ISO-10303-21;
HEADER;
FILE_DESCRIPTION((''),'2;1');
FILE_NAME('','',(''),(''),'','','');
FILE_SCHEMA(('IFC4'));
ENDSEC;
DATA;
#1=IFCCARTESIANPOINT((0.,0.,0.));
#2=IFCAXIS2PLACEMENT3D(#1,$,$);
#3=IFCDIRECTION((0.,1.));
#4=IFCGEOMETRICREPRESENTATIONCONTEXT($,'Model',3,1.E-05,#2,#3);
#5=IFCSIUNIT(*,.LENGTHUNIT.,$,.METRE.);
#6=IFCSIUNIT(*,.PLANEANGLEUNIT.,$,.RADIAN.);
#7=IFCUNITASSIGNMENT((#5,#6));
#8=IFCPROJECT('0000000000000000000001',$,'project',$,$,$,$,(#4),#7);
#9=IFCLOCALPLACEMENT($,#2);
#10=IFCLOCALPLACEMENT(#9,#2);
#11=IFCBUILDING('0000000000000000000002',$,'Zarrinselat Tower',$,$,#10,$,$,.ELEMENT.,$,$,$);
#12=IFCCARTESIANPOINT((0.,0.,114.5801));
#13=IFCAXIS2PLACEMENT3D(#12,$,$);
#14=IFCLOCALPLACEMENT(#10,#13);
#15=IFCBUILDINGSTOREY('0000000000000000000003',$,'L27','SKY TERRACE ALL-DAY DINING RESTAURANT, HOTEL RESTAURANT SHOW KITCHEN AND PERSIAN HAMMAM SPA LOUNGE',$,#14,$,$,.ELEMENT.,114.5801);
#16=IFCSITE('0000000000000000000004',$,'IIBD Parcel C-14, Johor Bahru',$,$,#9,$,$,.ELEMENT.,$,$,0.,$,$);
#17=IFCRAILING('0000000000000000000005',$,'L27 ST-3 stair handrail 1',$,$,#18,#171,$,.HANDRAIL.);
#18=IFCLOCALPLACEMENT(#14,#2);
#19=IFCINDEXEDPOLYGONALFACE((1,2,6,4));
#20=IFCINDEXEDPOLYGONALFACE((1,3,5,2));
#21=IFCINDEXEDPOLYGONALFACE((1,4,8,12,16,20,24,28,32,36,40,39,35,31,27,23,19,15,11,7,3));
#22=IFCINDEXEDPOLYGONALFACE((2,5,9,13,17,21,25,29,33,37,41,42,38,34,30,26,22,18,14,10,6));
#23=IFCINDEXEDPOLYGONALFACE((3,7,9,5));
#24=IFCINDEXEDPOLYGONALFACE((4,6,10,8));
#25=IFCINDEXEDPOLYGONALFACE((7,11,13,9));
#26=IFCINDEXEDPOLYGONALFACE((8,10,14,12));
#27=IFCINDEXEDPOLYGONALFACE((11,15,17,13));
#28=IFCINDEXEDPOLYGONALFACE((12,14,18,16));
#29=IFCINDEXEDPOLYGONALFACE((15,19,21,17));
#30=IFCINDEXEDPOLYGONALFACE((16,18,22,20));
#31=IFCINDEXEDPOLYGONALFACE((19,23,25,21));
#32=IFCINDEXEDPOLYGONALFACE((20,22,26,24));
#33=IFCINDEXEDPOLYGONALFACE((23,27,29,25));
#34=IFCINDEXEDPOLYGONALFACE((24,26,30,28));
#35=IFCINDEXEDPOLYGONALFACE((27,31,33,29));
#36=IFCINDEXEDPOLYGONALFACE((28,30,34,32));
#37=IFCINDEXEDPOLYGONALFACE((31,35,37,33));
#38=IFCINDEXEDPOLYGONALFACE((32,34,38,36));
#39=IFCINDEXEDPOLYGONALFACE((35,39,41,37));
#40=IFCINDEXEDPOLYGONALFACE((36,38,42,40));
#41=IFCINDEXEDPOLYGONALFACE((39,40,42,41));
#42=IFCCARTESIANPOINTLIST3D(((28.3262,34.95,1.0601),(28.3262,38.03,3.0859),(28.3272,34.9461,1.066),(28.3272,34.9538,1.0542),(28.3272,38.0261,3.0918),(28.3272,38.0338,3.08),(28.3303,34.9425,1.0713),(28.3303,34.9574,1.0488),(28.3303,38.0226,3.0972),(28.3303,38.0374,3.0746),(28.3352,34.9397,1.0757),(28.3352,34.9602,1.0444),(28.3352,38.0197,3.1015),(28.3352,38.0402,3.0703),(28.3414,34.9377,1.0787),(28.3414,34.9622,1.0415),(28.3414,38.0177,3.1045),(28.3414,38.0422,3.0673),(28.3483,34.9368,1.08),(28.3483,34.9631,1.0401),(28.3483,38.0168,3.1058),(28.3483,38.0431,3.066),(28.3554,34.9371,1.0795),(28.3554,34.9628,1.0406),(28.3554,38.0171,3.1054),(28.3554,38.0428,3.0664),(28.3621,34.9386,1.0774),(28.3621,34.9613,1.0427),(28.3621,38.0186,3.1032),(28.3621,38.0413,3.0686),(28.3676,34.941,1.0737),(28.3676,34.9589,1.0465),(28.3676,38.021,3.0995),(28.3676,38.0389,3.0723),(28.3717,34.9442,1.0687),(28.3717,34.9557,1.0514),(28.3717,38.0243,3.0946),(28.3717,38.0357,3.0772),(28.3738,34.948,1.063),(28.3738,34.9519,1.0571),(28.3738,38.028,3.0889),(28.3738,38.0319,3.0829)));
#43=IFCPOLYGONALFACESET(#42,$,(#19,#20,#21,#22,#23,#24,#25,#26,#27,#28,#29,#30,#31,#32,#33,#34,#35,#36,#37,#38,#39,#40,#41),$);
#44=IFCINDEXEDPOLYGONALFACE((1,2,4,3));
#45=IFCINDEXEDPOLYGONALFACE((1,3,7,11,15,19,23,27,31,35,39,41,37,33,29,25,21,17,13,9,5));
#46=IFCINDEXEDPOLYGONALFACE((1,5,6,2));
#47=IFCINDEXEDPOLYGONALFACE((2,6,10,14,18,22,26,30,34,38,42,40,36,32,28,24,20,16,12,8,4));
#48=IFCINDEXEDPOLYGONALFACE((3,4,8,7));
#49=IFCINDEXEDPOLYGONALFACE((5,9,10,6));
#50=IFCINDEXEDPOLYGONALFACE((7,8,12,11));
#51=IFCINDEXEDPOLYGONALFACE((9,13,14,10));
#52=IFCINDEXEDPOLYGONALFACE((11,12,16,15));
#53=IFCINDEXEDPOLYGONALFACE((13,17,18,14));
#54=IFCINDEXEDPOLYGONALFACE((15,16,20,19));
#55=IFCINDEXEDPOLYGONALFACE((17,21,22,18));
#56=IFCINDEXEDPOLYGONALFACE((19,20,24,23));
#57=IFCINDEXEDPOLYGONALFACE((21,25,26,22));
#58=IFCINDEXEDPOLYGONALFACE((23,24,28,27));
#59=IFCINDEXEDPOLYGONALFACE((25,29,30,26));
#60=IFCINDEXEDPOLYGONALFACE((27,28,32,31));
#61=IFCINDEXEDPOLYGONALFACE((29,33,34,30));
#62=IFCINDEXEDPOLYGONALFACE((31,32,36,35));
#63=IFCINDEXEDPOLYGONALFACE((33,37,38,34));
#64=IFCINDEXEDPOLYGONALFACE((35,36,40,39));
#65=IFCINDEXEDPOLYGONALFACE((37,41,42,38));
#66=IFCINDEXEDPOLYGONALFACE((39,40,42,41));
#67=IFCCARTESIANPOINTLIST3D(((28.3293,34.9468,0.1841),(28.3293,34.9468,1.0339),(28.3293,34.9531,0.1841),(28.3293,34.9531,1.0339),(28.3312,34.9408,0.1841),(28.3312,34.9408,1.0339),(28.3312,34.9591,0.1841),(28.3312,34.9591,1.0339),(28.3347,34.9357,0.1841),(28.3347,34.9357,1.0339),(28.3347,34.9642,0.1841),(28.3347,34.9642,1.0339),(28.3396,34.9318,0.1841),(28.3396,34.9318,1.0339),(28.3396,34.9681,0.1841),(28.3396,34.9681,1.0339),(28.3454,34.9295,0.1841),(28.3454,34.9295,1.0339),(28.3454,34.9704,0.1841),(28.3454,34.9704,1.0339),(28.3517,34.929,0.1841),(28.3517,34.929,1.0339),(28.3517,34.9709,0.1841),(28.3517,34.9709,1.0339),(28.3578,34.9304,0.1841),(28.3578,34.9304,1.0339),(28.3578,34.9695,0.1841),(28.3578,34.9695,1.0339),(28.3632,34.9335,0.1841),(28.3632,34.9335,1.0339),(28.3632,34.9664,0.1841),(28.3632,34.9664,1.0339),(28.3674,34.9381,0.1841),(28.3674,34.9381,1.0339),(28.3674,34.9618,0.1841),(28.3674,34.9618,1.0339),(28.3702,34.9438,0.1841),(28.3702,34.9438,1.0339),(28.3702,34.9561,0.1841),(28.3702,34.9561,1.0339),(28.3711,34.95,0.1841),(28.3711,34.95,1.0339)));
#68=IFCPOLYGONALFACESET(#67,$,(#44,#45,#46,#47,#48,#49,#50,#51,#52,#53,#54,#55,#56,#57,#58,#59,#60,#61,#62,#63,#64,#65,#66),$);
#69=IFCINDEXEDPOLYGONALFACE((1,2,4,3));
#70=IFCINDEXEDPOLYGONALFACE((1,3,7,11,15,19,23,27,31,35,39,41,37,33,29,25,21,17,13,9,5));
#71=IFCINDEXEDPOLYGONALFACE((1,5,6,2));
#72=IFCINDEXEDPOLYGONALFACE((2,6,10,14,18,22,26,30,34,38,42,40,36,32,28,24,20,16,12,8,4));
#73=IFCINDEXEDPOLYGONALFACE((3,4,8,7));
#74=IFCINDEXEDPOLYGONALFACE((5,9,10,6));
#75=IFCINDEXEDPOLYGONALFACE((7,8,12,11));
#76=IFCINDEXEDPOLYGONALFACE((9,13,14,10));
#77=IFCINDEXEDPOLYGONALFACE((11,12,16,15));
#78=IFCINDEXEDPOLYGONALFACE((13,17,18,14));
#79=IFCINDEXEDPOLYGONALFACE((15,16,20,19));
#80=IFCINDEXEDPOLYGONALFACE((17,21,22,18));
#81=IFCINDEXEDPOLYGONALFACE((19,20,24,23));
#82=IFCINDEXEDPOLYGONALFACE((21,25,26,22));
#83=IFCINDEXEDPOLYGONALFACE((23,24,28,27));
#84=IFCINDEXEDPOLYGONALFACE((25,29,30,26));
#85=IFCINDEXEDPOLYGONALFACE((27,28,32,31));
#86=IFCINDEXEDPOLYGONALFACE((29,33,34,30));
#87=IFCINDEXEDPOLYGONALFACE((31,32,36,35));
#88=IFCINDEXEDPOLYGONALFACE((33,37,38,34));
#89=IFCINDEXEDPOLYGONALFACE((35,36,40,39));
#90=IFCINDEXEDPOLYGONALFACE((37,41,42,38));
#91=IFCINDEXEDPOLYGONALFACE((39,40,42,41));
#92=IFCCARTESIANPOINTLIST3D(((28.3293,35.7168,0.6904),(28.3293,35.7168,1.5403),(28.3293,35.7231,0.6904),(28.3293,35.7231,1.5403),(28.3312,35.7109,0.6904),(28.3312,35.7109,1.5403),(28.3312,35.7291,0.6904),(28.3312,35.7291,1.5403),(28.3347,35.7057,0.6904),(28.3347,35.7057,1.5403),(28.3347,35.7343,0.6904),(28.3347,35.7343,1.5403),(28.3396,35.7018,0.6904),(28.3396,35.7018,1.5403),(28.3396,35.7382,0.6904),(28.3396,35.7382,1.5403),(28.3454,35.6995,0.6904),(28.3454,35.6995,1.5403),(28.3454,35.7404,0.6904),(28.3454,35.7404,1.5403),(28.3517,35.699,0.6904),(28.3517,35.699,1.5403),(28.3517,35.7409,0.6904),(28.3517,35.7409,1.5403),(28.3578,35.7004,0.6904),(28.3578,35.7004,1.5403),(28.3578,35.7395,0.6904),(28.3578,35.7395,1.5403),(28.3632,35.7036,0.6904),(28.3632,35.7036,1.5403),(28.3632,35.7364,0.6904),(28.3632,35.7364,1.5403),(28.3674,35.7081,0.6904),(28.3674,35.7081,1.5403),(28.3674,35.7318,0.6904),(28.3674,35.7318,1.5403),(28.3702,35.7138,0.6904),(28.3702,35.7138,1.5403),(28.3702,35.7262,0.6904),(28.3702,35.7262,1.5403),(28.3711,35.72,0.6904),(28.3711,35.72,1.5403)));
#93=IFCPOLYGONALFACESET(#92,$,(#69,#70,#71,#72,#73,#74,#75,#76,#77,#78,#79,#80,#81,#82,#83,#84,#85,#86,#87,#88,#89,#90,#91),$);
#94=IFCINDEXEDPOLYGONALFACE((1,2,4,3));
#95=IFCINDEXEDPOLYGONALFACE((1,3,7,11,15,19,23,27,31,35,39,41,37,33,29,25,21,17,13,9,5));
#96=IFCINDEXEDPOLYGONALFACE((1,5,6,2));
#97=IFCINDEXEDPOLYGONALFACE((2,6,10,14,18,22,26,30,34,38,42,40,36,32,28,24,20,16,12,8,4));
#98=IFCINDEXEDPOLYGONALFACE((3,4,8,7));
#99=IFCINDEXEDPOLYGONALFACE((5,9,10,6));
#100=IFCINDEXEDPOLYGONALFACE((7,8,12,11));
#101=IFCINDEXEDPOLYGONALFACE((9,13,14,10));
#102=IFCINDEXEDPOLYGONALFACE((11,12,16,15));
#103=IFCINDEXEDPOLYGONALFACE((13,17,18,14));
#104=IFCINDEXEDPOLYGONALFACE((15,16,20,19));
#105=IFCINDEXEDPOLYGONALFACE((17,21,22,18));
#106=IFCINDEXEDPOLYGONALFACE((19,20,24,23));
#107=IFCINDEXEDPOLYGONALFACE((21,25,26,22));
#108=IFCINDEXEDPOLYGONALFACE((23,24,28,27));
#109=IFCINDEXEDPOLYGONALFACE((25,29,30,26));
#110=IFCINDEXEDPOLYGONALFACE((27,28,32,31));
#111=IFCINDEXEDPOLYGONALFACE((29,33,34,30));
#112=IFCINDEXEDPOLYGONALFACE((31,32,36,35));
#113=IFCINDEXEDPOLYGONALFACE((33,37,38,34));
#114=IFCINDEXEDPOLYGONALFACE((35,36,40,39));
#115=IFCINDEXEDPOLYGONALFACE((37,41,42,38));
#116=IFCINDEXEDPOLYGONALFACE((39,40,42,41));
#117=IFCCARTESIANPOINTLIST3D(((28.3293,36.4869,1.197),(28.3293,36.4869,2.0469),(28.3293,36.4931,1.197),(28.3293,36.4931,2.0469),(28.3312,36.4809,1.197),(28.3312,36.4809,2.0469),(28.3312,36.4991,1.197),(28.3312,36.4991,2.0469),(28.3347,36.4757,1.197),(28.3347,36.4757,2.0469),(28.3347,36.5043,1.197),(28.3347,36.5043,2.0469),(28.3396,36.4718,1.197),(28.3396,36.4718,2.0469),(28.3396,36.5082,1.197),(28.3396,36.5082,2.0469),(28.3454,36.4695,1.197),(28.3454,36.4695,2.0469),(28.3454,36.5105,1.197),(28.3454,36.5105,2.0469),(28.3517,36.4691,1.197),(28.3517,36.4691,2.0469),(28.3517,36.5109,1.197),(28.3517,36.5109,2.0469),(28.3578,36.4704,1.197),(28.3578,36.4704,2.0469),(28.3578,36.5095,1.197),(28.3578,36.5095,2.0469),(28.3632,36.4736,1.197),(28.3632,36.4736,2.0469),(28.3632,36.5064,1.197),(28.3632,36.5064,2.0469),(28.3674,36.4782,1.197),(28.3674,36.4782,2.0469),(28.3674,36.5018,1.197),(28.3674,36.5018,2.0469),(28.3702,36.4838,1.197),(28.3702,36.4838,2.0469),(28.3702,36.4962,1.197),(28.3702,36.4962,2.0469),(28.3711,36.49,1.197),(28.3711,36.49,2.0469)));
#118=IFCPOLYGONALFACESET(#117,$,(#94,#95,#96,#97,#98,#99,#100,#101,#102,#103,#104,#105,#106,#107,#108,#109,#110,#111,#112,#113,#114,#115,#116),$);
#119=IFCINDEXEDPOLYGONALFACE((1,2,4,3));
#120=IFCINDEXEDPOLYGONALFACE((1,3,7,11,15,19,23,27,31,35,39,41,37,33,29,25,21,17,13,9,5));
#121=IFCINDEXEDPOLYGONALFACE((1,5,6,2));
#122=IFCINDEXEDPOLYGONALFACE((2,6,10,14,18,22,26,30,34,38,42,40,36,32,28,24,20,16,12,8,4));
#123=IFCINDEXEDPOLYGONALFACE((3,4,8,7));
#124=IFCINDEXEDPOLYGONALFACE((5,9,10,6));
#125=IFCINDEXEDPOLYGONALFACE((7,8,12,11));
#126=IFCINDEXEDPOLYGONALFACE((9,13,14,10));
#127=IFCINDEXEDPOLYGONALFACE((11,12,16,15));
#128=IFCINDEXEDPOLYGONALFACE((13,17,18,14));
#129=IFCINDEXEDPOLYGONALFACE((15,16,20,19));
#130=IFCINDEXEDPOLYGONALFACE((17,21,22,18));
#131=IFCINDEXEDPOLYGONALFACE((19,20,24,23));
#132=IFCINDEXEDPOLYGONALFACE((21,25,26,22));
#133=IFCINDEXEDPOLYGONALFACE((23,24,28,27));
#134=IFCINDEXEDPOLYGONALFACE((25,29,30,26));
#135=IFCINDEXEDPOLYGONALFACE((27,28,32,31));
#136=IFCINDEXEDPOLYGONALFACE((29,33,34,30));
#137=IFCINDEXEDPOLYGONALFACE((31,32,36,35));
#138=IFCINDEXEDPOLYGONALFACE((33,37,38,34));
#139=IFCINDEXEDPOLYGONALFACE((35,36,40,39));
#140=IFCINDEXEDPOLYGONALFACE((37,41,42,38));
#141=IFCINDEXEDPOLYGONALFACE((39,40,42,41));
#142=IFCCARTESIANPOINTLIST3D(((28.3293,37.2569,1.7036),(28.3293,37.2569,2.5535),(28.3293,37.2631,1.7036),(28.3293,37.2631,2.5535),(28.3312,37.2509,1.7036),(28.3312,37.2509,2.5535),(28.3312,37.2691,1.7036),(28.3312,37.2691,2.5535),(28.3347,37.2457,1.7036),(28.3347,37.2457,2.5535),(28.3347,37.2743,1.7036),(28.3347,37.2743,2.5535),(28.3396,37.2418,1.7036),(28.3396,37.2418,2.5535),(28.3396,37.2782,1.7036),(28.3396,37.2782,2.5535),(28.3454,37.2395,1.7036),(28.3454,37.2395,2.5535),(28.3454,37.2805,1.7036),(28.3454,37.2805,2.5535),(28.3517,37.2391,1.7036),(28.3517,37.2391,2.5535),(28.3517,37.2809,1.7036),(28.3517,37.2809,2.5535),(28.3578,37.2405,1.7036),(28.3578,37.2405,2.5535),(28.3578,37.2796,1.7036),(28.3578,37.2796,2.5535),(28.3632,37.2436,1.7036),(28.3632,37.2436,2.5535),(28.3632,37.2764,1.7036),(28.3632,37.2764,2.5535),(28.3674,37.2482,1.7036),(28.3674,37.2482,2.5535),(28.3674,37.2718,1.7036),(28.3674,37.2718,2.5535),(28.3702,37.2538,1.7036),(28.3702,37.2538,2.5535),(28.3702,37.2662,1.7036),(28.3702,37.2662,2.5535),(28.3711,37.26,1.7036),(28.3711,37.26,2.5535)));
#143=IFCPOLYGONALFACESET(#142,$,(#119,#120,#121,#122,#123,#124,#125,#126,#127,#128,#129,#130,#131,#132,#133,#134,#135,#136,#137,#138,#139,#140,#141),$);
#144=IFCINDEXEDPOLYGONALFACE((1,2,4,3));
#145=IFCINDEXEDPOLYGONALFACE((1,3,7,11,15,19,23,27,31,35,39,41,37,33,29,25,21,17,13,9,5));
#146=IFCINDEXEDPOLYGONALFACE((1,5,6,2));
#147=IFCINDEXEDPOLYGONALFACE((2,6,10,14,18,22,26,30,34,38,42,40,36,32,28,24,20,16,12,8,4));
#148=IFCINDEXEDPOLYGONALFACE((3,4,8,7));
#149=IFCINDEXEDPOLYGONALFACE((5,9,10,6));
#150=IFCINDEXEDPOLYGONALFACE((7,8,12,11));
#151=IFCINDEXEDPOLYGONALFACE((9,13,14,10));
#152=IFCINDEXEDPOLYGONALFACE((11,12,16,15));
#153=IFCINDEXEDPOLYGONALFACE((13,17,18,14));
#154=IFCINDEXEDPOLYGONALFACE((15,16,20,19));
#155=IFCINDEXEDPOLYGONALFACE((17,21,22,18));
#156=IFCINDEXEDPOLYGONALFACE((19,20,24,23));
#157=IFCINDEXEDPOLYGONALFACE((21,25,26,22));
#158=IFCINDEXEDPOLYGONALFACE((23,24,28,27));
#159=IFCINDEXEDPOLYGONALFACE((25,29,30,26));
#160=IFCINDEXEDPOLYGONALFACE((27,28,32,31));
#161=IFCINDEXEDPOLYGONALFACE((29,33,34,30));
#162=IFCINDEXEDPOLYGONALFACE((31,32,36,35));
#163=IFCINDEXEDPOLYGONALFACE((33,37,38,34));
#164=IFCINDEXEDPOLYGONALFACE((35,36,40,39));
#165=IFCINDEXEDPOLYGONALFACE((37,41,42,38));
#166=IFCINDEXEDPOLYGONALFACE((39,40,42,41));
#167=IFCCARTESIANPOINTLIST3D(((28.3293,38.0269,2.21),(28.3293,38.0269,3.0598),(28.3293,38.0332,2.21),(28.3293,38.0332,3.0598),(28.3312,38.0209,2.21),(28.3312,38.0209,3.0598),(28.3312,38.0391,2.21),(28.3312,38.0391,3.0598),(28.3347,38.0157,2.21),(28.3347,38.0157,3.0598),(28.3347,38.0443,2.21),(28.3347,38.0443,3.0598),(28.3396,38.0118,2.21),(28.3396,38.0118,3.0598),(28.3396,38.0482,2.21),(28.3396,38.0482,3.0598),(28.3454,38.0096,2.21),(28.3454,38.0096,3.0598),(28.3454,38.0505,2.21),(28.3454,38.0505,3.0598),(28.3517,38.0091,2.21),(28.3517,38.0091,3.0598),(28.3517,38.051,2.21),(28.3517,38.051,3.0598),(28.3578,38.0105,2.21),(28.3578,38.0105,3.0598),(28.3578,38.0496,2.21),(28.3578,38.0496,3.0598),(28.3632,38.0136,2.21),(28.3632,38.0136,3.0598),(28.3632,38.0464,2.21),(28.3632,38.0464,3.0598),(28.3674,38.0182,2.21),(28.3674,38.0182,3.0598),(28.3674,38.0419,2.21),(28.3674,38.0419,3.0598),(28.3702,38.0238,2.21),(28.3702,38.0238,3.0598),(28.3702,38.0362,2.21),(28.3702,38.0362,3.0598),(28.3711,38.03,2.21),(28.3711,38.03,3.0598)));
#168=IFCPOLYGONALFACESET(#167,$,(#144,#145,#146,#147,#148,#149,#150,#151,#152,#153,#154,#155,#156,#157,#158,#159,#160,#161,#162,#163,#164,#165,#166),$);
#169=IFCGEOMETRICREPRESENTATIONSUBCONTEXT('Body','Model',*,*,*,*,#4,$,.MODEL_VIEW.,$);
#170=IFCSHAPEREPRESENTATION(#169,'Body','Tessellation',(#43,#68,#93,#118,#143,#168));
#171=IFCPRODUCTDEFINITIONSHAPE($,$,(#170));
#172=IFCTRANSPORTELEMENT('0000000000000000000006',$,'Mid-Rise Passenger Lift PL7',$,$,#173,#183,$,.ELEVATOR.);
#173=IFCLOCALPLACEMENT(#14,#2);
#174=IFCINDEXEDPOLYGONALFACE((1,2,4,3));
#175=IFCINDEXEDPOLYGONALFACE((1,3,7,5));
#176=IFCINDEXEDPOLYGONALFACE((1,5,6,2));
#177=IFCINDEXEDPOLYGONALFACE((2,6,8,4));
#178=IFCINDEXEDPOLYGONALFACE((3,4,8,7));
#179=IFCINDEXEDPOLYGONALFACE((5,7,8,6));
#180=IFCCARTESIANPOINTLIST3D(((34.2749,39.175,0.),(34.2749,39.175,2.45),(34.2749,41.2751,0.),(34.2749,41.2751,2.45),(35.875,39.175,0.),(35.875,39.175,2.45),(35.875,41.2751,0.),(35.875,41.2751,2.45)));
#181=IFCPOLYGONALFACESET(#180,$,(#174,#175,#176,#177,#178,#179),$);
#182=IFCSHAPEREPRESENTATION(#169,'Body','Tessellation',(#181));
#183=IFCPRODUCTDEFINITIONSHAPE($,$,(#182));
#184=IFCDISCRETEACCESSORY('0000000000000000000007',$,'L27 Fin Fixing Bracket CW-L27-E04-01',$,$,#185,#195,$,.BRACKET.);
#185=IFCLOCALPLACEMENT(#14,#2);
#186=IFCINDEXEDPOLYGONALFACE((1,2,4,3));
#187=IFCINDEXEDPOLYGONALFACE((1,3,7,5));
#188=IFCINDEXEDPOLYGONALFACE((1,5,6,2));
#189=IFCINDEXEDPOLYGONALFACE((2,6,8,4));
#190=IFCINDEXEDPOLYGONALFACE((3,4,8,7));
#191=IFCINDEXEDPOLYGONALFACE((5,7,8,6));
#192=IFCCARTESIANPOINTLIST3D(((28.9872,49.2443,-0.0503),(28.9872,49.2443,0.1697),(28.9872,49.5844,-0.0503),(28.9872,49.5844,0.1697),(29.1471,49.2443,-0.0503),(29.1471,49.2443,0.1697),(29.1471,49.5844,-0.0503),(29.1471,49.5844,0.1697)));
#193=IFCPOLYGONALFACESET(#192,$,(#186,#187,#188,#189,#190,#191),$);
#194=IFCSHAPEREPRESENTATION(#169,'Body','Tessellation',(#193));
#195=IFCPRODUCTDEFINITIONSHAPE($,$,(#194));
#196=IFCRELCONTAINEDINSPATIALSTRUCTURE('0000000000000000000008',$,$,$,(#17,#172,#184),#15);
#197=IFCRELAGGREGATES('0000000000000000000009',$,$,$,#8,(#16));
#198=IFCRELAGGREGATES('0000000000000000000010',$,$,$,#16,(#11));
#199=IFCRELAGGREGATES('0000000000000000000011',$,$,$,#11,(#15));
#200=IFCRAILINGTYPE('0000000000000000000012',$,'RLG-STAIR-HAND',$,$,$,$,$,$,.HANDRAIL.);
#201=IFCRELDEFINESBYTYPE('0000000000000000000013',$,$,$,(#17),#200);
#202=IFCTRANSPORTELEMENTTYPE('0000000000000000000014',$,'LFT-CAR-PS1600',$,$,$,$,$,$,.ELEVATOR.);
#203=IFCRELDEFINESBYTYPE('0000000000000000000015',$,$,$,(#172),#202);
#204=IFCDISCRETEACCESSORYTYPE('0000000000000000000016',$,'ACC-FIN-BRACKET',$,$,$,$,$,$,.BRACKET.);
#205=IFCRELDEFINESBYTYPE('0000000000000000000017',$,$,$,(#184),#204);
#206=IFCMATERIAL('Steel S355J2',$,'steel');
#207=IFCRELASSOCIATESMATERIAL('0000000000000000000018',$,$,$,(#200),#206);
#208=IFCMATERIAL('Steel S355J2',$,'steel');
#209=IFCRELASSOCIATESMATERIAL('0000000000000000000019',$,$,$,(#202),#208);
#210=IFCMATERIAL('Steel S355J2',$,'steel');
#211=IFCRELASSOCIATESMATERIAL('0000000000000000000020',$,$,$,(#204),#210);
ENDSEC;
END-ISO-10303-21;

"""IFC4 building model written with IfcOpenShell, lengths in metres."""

from ifc_helpers import new_model, si_unit, direction, frame, origin, origin_2d, place, context, subcontext, project, spatial, rectangle, circle, extrude, material, type_object, element, save


model = new_model("IFC4")

# Units and contexts
model_context = context("Model", 3, precision=1e-05, world=origin(), true_north=direction((0.0, 1.0)))
body_context = subcontext(model_context, "Body", "Model", "MODEL_VIEW")
ifc_project = project(units=[si_unit("LENGTHUNIT", "METRE"), si_unit("PLANEANGLEUNIT", "RADIAN")], contexts=[model_context])

# Site, building, storey
site_placement = place(None, origin())
site = spatial("IfcSite", under=ifc_project, at=site_placement, Name="IIBD Parcel C-14, Johor Bahru", CompositionType="ELEMENT", RefElevation=0.0)
building_placement = place(site_placement, origin())
building = spatial("IfcBuilding", under=site, at=building_placement, Name="Zarrinselat Tower", CompositionType="ELEMENT")
storey_placement = place(building_placement, frame((0.0, 0.0, 114.5801)))
storey = spatial("IfcBuildingStorey", under=building, at=storey_placement, Name="L27", Description="SKY TERRACE ALL-DAY DINING RESTAURANT, HOTEL RESTAURANT SHOW KITCHEN AND PERSIAN HAMMAM SPA LOUNGE", CompositionType="ELEMENT", Elevation=114.5801)

# Railing
ifc_material_1 = material(Name="Steel S355J2", Category="steel")
railing_type_1 = type_object("IfcRailingType", Name="RLG-STAIR-HAND", PredefinedType="HANDRAIL", material=ifc_material_1)
railing_1_placement = place(storey_placement, frame((28.3501, 34.95, 0.1841)))
element("IfcRailing", 1, at=railing_1_placement, inside=storey, type_object=railing_type_1, Name="L27 ST-3 stair handrail 1", PredefinedType="HANDRAIL", context=body_context, shape_type="SweptSolid", body=[
    extrude(circle(Radius=0.0239, at=origin_2d()), frame((0.0, 0.0, 0.876), z_axis=(0.0, 0.835478, 0.549524), x_axis=(-1.0, 0.0, 0.0)), (0.0, 0.0, 1.0), 3.6865),
    extrude(circle(Radius=0.021, at=origin_2d()), origin(), (0.0, 0.0, 1.0), 0.8499),
    extrude(circle(Radius=0.021, at=origin_2d()), frame((0.0, 0.77, 0.5063)), (0.0, 0.0, 1.0), 0.8499),
    extrude(circle(Radius=0.021, at=origin_2d()), frame((0.0, 1.54, 1.0129)), (0.0, 0.0, 1.0), 0.8499),
    extrude(circle(Radius=0.021, at=origin_2d()), frame((0.0, 2.3101, 1.5195)), (0.0, 0.0, 1.0), 0.8499),
    extrude(circle(Radius=0.021, at=origin_2d()), frame((0.0, 3.0801, 2.0259)), (0.0, 0.0, 1.0), 0.8499),
])

# Transport element
ifc_material_2 = material(Name="Steel S355J2", Category="steel")
transport_element_type = type_object("IfcTransportElementType", Name="LFT-CAR-PS1600", PredefinedType="ELEVATOR", material=ifc_material_2)
transport_element_placement = place(storey_placement, frame((35.075, 40.2251, 0.0), z_axis=(0.0, 0.0, 1.0), x_axis=(1.0, 0.0, 0.0)))
element("IfcTransportElement", 2, at=transport_element_placement, inside=storey, type_object=transport_element_type, Name="Mid-Rise Passenger Lift PL7", PredefinedType="ELEVATOR", context=body_context, shape_type="SweptSolid", body=[
    extrude(rectangle(XDim=1.6001, YDim=2.1001, at=origin_2d()), origin(), (0.0, 0.0, 1.0), 2.45),
])

# Discrete accessory
ifc_material_3 = material(Name="Steel S355J2", Category="steel")
discrete_accessory_type = type_object("IfcDiscreteAccessoryType", Name="ACC-FIN-BRACKET", PredefinedType="BRACKET", material=ifc_material_3)
discrete_accessory_placement = place(storey_placement, frame((29.0671, 49.4143, -0.0503), z_axis=(0.0, 0.0, 1.0), x_axis=(0.0, 1.0, 0.0)))
element("IfcDiscreteAccessory", 3, at=discrete_accessory_placement, inside=storey, type_object=discrete_accessory_type, Name="L27 Fin Fixing Bracket CW-L27-E04-01", PredefinedType="BRACKET", context=body_context, shape_type="SweptSolid", body=[
    extrude(rectangle(XDim=0.3401, YDim=0.1599, at=origin_2d()), origin(), (0.0, 0.0, 1.0), 0.22),
])

save(model, "model.ifc")
